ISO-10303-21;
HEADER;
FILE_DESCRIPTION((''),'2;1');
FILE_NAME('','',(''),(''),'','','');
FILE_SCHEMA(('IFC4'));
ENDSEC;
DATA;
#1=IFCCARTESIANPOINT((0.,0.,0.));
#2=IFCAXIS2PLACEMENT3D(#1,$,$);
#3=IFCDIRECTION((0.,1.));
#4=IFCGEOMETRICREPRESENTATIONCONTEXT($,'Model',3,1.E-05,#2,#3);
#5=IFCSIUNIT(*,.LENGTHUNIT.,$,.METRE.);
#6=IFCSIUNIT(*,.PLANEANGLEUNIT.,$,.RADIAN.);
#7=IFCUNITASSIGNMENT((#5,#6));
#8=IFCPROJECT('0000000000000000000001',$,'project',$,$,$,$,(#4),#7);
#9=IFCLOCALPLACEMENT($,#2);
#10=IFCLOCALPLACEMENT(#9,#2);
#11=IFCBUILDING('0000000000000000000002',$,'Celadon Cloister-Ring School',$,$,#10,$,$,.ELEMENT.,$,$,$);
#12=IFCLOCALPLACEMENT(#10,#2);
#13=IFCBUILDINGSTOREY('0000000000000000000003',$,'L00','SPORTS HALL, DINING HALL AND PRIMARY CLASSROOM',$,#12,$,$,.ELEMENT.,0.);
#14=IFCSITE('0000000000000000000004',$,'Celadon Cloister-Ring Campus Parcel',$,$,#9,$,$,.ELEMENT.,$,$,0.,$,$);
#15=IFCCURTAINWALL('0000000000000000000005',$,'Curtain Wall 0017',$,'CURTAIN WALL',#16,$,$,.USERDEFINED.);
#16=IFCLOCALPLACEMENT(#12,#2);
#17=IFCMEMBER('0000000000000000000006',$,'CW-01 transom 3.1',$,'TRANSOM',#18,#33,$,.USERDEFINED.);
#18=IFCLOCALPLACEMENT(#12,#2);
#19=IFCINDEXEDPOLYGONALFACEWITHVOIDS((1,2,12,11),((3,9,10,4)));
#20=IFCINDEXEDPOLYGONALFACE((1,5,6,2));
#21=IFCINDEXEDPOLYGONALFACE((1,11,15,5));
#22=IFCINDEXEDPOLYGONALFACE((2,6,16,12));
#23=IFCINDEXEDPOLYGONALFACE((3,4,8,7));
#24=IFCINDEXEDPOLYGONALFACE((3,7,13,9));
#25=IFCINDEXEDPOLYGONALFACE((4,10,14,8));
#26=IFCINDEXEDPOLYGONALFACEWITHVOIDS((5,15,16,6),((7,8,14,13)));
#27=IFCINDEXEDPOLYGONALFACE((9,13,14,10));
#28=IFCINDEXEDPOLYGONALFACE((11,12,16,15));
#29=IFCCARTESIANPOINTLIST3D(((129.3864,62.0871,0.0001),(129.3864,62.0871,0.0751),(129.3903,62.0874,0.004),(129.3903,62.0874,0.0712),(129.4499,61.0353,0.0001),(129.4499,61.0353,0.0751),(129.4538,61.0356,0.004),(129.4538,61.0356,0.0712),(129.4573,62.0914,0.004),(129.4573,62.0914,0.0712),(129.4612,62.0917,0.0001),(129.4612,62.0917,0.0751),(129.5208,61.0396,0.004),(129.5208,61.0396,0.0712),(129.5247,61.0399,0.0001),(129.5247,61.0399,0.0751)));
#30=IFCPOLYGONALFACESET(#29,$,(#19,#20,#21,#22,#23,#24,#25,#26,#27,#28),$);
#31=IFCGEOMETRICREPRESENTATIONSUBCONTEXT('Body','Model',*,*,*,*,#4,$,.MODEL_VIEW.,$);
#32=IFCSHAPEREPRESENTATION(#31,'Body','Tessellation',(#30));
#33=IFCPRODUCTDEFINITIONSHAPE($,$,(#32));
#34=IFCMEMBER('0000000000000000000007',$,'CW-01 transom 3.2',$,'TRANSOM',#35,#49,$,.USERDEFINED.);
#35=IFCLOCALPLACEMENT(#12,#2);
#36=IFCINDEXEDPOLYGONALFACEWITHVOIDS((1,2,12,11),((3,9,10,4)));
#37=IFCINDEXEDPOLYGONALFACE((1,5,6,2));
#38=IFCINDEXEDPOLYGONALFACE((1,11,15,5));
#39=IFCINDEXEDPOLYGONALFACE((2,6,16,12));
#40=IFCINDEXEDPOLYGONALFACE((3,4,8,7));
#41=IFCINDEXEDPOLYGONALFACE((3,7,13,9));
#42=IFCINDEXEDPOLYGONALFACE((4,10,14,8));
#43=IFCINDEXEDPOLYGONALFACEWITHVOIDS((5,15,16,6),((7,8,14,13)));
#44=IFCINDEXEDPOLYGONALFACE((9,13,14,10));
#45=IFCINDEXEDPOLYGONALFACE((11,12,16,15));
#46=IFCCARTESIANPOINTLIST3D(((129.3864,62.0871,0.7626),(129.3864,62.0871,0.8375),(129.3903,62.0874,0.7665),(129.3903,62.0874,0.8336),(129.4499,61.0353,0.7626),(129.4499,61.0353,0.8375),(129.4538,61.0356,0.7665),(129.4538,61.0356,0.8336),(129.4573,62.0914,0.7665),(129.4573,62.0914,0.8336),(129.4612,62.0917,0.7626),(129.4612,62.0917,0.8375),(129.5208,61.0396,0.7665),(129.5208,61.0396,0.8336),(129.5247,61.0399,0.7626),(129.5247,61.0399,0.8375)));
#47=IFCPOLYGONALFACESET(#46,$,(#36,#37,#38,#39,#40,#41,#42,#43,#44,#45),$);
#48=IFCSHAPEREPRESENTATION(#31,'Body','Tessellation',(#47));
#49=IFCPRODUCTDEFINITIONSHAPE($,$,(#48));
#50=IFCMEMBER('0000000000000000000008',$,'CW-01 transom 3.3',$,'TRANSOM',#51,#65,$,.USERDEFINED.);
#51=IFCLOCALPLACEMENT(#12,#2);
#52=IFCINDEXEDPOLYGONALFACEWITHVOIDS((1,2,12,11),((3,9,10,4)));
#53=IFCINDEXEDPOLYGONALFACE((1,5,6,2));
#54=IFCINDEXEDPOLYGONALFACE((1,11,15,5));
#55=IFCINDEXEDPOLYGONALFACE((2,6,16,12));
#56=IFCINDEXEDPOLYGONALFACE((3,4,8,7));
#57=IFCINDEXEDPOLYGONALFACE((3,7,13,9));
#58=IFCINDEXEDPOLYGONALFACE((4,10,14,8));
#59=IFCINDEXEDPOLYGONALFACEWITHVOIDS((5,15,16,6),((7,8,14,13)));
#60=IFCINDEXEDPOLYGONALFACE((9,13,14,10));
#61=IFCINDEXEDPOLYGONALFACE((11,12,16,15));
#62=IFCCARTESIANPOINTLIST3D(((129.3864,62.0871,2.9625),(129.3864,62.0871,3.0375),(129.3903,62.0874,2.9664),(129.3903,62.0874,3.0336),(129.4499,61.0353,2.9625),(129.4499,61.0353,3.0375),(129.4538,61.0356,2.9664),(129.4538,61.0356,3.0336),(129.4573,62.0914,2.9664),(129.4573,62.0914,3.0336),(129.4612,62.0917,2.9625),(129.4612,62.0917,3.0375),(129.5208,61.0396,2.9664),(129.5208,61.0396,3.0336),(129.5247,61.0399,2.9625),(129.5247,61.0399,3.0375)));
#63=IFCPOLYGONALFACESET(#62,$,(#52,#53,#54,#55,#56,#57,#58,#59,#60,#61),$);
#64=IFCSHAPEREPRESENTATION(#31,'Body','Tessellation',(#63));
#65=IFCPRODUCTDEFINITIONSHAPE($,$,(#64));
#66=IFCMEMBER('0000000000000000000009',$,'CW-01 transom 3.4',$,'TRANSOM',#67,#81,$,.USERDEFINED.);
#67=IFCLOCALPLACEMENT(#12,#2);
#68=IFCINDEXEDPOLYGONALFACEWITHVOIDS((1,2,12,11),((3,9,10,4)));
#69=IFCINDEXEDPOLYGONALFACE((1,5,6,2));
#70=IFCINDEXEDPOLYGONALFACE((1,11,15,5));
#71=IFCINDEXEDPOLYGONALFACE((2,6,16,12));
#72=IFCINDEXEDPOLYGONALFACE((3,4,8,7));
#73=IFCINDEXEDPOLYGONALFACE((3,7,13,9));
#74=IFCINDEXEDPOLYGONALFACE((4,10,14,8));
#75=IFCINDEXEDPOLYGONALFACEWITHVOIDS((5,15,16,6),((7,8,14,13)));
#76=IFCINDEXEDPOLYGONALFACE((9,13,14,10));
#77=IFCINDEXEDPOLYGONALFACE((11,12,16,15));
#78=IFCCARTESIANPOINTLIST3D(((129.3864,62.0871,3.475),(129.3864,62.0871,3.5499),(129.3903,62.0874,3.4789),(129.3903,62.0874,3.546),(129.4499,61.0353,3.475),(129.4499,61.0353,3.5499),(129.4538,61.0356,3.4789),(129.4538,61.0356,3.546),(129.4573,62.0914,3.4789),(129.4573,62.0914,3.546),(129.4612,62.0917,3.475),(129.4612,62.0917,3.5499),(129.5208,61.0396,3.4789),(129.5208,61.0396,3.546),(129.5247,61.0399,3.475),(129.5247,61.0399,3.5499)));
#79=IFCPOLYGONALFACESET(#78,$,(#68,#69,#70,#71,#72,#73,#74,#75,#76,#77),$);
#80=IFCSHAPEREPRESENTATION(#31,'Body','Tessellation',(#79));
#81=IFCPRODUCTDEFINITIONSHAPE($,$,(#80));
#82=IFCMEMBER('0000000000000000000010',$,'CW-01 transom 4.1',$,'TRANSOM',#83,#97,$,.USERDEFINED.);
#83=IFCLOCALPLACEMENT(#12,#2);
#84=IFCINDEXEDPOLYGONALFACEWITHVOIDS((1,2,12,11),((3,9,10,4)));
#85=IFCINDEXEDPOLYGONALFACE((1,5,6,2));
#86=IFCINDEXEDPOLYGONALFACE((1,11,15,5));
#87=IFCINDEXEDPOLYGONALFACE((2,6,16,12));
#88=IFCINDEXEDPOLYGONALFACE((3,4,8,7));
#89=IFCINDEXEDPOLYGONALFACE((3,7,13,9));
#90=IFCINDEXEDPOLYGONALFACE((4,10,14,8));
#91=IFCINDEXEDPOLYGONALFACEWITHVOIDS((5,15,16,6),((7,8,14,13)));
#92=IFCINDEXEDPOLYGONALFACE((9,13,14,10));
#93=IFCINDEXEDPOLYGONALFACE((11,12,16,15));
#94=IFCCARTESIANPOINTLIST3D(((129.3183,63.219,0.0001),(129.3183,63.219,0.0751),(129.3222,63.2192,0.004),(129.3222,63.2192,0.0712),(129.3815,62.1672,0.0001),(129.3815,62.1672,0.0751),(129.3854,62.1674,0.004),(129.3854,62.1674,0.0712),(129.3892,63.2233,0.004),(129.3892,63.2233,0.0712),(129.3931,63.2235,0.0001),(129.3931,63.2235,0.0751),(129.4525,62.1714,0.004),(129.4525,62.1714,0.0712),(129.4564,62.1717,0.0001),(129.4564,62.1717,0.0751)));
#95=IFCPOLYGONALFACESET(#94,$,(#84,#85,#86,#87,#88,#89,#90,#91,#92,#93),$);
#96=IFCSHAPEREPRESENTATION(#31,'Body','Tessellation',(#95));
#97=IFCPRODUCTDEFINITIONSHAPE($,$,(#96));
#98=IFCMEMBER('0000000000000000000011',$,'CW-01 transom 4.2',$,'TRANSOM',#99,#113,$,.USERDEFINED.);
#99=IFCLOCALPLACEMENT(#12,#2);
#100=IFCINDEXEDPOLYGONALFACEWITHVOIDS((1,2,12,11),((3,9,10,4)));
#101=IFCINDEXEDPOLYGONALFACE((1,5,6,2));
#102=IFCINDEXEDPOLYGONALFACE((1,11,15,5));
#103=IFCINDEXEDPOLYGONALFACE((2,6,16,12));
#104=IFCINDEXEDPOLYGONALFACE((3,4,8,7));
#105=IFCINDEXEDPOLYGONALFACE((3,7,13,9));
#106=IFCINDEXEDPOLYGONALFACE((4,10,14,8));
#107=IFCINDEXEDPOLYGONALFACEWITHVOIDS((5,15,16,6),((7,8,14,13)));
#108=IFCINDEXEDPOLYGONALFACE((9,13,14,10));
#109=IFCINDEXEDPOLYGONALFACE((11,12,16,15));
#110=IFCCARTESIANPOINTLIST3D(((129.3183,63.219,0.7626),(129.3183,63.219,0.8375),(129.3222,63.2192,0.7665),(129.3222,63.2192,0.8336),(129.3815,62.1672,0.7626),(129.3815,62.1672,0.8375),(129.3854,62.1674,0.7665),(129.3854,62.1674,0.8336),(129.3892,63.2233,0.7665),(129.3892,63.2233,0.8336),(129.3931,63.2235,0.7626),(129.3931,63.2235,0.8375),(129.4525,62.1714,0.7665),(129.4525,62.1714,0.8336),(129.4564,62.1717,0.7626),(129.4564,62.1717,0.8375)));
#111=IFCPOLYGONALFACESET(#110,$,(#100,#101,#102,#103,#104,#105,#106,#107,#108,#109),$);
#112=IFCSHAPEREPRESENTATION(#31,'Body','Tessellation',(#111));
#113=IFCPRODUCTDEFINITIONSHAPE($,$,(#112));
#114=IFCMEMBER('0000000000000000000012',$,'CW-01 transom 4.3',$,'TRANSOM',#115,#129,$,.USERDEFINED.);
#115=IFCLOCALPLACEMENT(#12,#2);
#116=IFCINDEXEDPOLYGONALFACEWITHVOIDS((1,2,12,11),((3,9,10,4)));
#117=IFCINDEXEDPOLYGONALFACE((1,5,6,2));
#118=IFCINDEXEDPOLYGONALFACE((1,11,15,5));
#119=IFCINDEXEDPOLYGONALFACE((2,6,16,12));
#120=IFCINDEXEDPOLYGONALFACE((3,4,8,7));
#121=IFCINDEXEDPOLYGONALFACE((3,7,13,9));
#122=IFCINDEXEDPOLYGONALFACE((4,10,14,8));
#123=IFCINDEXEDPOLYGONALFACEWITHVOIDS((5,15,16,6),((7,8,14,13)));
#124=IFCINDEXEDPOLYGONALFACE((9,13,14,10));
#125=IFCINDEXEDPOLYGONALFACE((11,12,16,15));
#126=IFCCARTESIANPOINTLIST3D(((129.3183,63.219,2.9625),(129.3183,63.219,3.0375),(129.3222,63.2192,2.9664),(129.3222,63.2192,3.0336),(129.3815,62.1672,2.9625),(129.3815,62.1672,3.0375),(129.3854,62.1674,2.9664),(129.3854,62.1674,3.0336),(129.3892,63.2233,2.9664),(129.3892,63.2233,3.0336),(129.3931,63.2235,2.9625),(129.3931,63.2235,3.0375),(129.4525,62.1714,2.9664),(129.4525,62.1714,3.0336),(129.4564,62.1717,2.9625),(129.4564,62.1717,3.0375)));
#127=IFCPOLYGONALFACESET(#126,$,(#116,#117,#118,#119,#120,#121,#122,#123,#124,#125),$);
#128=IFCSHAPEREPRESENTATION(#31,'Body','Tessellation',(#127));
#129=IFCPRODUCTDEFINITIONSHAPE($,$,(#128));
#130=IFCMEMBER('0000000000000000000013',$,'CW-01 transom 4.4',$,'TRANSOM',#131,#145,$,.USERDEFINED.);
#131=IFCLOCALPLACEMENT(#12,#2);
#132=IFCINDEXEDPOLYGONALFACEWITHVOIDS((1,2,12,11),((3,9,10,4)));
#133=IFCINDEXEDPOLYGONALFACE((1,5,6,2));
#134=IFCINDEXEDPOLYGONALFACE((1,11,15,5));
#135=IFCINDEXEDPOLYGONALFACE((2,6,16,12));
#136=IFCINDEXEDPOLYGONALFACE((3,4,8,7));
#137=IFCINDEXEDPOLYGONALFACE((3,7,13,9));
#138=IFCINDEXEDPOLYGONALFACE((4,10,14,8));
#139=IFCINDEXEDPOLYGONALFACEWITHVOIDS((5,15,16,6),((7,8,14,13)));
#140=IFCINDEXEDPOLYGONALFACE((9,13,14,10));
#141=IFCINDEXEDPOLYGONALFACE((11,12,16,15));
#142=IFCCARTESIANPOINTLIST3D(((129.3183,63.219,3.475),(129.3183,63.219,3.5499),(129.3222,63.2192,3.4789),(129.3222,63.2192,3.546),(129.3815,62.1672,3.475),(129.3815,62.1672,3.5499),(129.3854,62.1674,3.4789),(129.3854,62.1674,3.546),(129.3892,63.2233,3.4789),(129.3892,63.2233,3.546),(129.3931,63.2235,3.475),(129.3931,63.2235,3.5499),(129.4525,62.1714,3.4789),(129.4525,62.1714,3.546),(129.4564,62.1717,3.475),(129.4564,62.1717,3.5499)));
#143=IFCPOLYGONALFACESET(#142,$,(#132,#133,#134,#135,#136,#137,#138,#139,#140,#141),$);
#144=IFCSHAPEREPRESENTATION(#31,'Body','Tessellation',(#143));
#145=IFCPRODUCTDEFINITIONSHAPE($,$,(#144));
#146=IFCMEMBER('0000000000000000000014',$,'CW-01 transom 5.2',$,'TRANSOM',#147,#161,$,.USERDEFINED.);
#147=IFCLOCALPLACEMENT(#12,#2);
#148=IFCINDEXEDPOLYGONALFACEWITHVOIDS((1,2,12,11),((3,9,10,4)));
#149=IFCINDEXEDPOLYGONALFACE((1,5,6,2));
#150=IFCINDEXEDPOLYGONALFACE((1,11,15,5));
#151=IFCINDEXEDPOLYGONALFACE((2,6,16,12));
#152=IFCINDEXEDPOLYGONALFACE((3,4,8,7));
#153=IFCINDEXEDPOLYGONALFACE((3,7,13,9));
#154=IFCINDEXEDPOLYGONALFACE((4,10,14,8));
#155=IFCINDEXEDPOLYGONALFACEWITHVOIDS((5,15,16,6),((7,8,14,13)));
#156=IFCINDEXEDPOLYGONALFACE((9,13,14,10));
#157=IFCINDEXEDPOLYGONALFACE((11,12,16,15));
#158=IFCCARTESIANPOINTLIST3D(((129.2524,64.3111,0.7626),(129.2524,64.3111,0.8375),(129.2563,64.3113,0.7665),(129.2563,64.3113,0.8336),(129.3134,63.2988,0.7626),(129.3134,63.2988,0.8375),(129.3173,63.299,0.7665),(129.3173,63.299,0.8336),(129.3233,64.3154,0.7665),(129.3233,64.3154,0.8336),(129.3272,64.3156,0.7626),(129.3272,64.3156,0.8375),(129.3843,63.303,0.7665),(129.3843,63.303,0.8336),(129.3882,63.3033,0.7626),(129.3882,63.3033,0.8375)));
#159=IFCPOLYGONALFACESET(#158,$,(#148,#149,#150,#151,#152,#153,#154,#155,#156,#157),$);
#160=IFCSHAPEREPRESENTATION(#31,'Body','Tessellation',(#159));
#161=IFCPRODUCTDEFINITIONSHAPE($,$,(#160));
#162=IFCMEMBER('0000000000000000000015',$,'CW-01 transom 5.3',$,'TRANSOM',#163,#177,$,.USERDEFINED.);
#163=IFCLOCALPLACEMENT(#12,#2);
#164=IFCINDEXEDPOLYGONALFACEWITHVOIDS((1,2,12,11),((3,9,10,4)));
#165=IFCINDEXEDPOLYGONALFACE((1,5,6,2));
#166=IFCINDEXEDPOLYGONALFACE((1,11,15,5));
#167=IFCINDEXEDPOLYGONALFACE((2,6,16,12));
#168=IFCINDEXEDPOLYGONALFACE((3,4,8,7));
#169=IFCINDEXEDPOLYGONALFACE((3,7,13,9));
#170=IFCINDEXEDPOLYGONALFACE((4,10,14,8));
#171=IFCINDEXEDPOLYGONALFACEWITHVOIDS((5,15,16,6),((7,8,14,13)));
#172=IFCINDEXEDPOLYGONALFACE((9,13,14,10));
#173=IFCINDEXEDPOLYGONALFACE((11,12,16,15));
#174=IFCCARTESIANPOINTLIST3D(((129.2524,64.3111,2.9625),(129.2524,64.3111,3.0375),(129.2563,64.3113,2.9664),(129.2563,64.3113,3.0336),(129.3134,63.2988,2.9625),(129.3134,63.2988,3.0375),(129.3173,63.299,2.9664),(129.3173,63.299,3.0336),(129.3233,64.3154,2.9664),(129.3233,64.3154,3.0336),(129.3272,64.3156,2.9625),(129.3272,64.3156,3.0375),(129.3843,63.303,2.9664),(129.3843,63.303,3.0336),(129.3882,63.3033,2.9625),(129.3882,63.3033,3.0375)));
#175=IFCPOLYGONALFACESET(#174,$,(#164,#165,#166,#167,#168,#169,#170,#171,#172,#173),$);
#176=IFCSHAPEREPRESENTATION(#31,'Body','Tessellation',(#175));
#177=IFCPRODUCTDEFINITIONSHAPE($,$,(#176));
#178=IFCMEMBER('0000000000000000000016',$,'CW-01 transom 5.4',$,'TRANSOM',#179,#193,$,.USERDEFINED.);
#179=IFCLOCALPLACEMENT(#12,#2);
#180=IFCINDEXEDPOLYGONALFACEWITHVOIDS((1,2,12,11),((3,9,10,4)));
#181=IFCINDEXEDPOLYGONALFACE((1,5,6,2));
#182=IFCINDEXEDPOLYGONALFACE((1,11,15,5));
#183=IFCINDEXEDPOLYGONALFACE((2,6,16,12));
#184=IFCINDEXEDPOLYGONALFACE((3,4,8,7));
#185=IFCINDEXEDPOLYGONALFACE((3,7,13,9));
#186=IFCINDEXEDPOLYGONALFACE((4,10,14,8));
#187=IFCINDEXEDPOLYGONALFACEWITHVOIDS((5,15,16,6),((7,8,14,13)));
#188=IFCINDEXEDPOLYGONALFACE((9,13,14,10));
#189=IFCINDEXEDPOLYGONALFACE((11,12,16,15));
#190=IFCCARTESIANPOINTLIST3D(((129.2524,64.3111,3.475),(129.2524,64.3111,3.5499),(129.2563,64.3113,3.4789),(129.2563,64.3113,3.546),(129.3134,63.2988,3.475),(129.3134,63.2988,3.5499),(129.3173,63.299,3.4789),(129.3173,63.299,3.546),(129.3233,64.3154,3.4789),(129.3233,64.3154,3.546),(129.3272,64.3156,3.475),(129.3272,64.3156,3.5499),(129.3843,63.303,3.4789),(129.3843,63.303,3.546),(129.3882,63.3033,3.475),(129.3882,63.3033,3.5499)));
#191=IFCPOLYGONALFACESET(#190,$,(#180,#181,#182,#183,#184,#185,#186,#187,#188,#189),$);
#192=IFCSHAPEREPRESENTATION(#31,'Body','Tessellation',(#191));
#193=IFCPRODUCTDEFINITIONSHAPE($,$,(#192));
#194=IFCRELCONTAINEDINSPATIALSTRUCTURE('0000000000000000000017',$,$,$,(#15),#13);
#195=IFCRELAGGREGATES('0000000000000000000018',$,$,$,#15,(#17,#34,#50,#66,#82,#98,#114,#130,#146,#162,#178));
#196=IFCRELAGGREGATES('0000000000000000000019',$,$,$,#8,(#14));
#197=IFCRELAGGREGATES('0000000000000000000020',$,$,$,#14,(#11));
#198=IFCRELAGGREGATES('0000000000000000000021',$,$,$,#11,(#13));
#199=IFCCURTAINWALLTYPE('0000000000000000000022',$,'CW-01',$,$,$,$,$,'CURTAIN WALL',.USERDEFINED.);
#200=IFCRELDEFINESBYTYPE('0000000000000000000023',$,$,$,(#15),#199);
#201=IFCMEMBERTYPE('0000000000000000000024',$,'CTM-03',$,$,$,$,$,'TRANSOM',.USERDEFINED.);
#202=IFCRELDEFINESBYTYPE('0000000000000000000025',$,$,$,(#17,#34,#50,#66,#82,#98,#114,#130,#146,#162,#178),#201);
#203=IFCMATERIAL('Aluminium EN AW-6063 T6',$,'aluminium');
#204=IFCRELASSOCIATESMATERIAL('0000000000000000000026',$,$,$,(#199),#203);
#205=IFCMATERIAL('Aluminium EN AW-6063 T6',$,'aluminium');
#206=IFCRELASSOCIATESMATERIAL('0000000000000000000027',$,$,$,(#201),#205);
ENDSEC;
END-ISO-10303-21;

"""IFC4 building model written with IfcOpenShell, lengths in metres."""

from ifc_helpers import new_model, si_unit, direction, frame, origin, origin_2d, place, context, subcontext, project, spatial, hollow_rectangle, extrude, material, material_profile, profile_set, type_object, element, aggregate, save


model = new_model("IFC4")

# Units and contexts
model_context = context("Model", 3, precision=1e-05, world=origin(), true_north=direction((0.0, 1.0)))
body_context = subcontext(model_context, "Body", "Model", "MODEL_VIEW")
ifc_project = project(units=[si_unit("LENGTHUNIT", "METRE"), si_unit("PLANEANGLEUNIT", "RADIAN")], contexts=[model_context])

# Site, building, storey
site_placement = place(None, origin())
site = spatial("IfcSite", under=ifc_project, at=site_placement, Name="Celadon Cloister-Ring Campus Parcel", CompositionType="ELEMENT", RefElevation=0.0)
building_placement = place(site_placement, origin())
building = spatial("IfcBuilding", under=site, at=building_placement, Name="Celadon Cloister-Ring School", CompositionType="ELEMENT")
storey_placement = place(building_placement, origin())
storey = spatial("IfcBuildingStorey", under=building, at=storey_placement, Name="L00", Description="SPORTS HALL, DINING HALL AND PRIMARY CLASSROOM", CompositionType="ELEMENT", Elevation=0.0)

# Curtain wall, members
ifc_material_1 = material(Name="Aluminium EN AW-6063 T6", Category="aluminium")
curtain_wall_type = type_object("IfcCurtainWallType", Name="CW-01", ElementType="CURTAIN WALL", PredefinedType="USERDEFINED", material=ifc_material_1)
curtain_wall_placement = place(storey_placement, origin())
curtain_wall = element("IfcCurtainWall", 1, at=curtain_wall_placement, inside=storey, type_object=curtain_wall_type, Name="Curtain Wall 0017", ObjectType="CURTAIN WALL", PredefinedType="USERDEFINED")
ifc_material_2 = material(Name="Aluminium EN AW-6063 T6", Category="aluminium")
ifc_material_profile_1 = material_profile(ifc_material_2, hollow_rectangle(XDim=0.075, YDim=0.075, WallThickness=0.0039, at=origin_2d()), Name="RHS75X75X4")
ifc_profile_set_1 = profile_set([ifc_material_profile_1], Name="Aluminium EN AW-6063 T6")
member_type_1 = type_object("IfcMemberType", Name="CTM-03", ElementType="TRANSOM", PredefinedType="USERDEFINED", material=ifc_profile_set_1)
member_1_placement = place(storey_placement, frame((129.4873, 61.0376, 0.0376), z_axis=(-0.060243, 0.998184, 0.0), x_axis=(-0.998184, -0.060243, 0.0)))
member_1 = element("IfcMember", 2, at=member_1_placement, type_object=member_type_1, Name="CW-01 transom 3.1", ObjectType="TRANSOM", PredefinedType="USERDEFINED", context=body_context, shape_type="SweptSolid", body=[
    extrude(hollow_rectangle(XDim=0.075, YDim=0.075, WallThickness=0.0039, at=origin_2d()), origin(), (0.0, 0.0, 1.0), 1.0537),
])
member_2_placement = place(storey_placement, frame((129.4873, 61.0376, 0.8), z_axis=(-0.060243, 0.998184, 0.0), x_axis=(-0.998184, -0.060243, 0.0)))
member_2 = element("IfcMember", 3, at=member_2_placement, type_object=member_type_1, Name="CW-01 transom 3.2", ObjectType="TRANSOM", PredefinedType="USERDEFINED", context=body_context, shape_type="SweptSolid", body=[
    extrude(hollow_rectangle(XDim=0.075, YDim=0.075, WallThickness=0.0039, at=origin_2d()), origin(), (0.0, 0.0, 1.0), 1.0537),
])
member_3_placement = place(storey_placement, frame((129.4873, 61.0376, 3.0), z_axis=(-0.060243, 0.998184, 0.0), x_axis=(-0.998184, -0.060243, 0.0)))
member_3 = element("IfcMember", 4, at=member_3_placement, type_object=member_type_1, Name="CW-01 transom 3.3", ObjectType="TRANSOM", PredefinedType="USERDEFINED", context=body_context, shape_type="SweptSolid", body=[
    extrude(hollow_rectangle(XDim=0.075, YDim=0.075, WallThickness=0.0039, at=origin_2d()), origin(), (0.0, 0.0, 1.0), 1.0537),
])
member_4_placement = place(storey_placement, frame((129.4873, 61.0376, 3.5125), z_axis=(-0.060243, 0.998184, 0.0), x_axis=(-0.998184, -0.060243, 0.0)))
member_4 = element("IfcMember", 5, at=member_4_placement, type_object=member_type_1, Name="CW-01 transom 3.4", ObjectType="TRANSOM", PredefinedType="USERDEFINED", context=body_context, shape_type="SweptSolid", body=[
    extrude(hollow_rectangle(XDim=0.075, YDim=0.075, WallThickness=0.0039, at=origin_2d()), origin(), (0.0, 0.0, 1.0), 1.0537),
])
member_5_placement = place(storey_placement, frame((129.4189, 62.1694, 0.0376), z_axis=(-0.060012, 0.998198, 0.0), x_axis=(-0.998198, -0.060012, 0.0)))
member_5 = element("IfcMember", 6, at=member_5_placement, type_object=member_type_1, Name="CW-01 transom 4.1", ObjectType="TRANSOM", PredefinedType="USERDEFINED", context=body_context, shape_type="SweptSolid", body=[
    extrude(hollow_rectangle(XDim=0.075, YDim=0.075, WallThickness=0.0039, at=origin_2d()), origin(), (0.0, 0.0, 1.0), 1.0537),
])
member_6_placement = place(storey_placement, frame((129.4189, 62.1694, 0.8), z_axis=(-0.060012, 0.998198, 0.0), x_axis=(-0.998198, -0.060012, 0.0)))
member_6 = element("IfcMember", 7, at=member_6_placement, type_object=member_type_1, Name="CW-01 transom 4.2", ObjectType="TRANSOM", PredefinedType="USERDEFINED", context=body_context, shape_type="SweptSolid", body=[
    extrude(hollow_rectangle(XDim=0.075, YDim=0.075, WallThickness=0.0039, at=origin_2d()), origin(), (0.0, 0.0, 1.0), 1.0537),
])
member_7_placement = place(storey_placement, frame((129.4189, 62.1694, 3.0), z_axis=(-0.060012, 0.998198, 0.0), x_axis=(-0.998198, -0.060012, 0.0)))
member_7 = element("IfcMember", 8, at=member_7_placement, type_object=member_type_1, Name="CW-01 transom 4.3", ObjectType="TRANSOM", PredefinedType="USERDEFINED", context=body_context, shape_type="SweptSolid", body=[
    extrude(hollow_rectangle(XDim=0.075, YDim=0.075, WallThickness=0.0039, at=origin_2d()), origin(), (0.0, 0.0, 1.0), 1.0537),
])
member_8_placement = place(storey_placement, frame((129.4189, 62.1694, 3.5125), z_axis=(-0.060012, 0.998198, 0.0), x_axis=(-0.998198, -0.060012, 0.0)))
member_8 = element("IfcMember", 9, at=member_8_placement, type_object=member_type_1, Name="CW-01 transom 4.4", ObjectType="TRANSOM", PredefinedType="USERDEFINED", context=body_context, shape_type="SweptSolid", body=[
    extrude(hollow_rectangle(XDim=0.075, YDim=0.075, WallThickness=0.0039, at=origin_2d()), origin(), (0.0, 0.0, 1.0), 1.0537),
])
member_9_placement = place(storey_placement, frame((129.3508, 63.301, 0.8), z_axis=(-0.06019, 0.998187, 0.0), x_axis=(-0.998187, -0.06019, 0.0)))
member_9 = element("IfcMember", 10, at=member_9_placement, type_object=member_type_1, Name="CW-01 transom 5.2", ObjectType="TRANSOM", PredefinedType="USERDEFINED", context=body_context, shape_type="SweptSolid", body=[
    extrude(hollow_rectangle(XDim=0.075, YDim=0.075, WallThickness=0.0039, at=origin_2d()), origin(), (0.0, 0.0, 1.0), 1.0142),
])
member_10_placement = place(storey_placement, frame((129.3508, 63.301, 3.0), z_axis=(-0.06019, 0.998187, 0.0), x_axis=(-0.998187, -0.06019, 0.0)))
member_10 = element("IfcMember", 11, at=member_10_placement, type_object=member_type_1, Name="CW-01 transom 5.3", ObjectType="TRANSOM", PredefinedType="USERDEFINED", context=body_context, shape_type="SweptSolid", body=[
    extrude(hollow_rectangle(XDim=0.075, YDim=0.075, WallThickness=0.0039, at=origin_2d()), origin(), (0.0, 0.0, 1.0), 1.0142),
])
member_11_placement = place(storey_placement, frame((129.3508, 63.301, 3.5125), z_axis=(-0.06019, 0.998187, 0.0), x_axis=(-0.998187, -0.06019, 0.0)))
member_11 = element("IfcMember", 12, at=member_11_placement, type_object=member_type_1, Name="CW-01 transom 5.4", ObjectType="TRANSOM", PredefinedType="USERDEFINED", context=body_context, shape_type="SweptSolid", body=[
    extrude(hollow_rectangle(XDim=0.075, YDim=0.075, WallThickness=0.0039, at=origin_2d()), origin(), (0.0, 0.0, 1.0), 1.0142),
])
aggregate(curtain_wall, [member_1, member_2, member_3, member_4, member_5, member_6, member_7, member_8, member_9, member_10, member_11])

save(model, "model.ifc")
